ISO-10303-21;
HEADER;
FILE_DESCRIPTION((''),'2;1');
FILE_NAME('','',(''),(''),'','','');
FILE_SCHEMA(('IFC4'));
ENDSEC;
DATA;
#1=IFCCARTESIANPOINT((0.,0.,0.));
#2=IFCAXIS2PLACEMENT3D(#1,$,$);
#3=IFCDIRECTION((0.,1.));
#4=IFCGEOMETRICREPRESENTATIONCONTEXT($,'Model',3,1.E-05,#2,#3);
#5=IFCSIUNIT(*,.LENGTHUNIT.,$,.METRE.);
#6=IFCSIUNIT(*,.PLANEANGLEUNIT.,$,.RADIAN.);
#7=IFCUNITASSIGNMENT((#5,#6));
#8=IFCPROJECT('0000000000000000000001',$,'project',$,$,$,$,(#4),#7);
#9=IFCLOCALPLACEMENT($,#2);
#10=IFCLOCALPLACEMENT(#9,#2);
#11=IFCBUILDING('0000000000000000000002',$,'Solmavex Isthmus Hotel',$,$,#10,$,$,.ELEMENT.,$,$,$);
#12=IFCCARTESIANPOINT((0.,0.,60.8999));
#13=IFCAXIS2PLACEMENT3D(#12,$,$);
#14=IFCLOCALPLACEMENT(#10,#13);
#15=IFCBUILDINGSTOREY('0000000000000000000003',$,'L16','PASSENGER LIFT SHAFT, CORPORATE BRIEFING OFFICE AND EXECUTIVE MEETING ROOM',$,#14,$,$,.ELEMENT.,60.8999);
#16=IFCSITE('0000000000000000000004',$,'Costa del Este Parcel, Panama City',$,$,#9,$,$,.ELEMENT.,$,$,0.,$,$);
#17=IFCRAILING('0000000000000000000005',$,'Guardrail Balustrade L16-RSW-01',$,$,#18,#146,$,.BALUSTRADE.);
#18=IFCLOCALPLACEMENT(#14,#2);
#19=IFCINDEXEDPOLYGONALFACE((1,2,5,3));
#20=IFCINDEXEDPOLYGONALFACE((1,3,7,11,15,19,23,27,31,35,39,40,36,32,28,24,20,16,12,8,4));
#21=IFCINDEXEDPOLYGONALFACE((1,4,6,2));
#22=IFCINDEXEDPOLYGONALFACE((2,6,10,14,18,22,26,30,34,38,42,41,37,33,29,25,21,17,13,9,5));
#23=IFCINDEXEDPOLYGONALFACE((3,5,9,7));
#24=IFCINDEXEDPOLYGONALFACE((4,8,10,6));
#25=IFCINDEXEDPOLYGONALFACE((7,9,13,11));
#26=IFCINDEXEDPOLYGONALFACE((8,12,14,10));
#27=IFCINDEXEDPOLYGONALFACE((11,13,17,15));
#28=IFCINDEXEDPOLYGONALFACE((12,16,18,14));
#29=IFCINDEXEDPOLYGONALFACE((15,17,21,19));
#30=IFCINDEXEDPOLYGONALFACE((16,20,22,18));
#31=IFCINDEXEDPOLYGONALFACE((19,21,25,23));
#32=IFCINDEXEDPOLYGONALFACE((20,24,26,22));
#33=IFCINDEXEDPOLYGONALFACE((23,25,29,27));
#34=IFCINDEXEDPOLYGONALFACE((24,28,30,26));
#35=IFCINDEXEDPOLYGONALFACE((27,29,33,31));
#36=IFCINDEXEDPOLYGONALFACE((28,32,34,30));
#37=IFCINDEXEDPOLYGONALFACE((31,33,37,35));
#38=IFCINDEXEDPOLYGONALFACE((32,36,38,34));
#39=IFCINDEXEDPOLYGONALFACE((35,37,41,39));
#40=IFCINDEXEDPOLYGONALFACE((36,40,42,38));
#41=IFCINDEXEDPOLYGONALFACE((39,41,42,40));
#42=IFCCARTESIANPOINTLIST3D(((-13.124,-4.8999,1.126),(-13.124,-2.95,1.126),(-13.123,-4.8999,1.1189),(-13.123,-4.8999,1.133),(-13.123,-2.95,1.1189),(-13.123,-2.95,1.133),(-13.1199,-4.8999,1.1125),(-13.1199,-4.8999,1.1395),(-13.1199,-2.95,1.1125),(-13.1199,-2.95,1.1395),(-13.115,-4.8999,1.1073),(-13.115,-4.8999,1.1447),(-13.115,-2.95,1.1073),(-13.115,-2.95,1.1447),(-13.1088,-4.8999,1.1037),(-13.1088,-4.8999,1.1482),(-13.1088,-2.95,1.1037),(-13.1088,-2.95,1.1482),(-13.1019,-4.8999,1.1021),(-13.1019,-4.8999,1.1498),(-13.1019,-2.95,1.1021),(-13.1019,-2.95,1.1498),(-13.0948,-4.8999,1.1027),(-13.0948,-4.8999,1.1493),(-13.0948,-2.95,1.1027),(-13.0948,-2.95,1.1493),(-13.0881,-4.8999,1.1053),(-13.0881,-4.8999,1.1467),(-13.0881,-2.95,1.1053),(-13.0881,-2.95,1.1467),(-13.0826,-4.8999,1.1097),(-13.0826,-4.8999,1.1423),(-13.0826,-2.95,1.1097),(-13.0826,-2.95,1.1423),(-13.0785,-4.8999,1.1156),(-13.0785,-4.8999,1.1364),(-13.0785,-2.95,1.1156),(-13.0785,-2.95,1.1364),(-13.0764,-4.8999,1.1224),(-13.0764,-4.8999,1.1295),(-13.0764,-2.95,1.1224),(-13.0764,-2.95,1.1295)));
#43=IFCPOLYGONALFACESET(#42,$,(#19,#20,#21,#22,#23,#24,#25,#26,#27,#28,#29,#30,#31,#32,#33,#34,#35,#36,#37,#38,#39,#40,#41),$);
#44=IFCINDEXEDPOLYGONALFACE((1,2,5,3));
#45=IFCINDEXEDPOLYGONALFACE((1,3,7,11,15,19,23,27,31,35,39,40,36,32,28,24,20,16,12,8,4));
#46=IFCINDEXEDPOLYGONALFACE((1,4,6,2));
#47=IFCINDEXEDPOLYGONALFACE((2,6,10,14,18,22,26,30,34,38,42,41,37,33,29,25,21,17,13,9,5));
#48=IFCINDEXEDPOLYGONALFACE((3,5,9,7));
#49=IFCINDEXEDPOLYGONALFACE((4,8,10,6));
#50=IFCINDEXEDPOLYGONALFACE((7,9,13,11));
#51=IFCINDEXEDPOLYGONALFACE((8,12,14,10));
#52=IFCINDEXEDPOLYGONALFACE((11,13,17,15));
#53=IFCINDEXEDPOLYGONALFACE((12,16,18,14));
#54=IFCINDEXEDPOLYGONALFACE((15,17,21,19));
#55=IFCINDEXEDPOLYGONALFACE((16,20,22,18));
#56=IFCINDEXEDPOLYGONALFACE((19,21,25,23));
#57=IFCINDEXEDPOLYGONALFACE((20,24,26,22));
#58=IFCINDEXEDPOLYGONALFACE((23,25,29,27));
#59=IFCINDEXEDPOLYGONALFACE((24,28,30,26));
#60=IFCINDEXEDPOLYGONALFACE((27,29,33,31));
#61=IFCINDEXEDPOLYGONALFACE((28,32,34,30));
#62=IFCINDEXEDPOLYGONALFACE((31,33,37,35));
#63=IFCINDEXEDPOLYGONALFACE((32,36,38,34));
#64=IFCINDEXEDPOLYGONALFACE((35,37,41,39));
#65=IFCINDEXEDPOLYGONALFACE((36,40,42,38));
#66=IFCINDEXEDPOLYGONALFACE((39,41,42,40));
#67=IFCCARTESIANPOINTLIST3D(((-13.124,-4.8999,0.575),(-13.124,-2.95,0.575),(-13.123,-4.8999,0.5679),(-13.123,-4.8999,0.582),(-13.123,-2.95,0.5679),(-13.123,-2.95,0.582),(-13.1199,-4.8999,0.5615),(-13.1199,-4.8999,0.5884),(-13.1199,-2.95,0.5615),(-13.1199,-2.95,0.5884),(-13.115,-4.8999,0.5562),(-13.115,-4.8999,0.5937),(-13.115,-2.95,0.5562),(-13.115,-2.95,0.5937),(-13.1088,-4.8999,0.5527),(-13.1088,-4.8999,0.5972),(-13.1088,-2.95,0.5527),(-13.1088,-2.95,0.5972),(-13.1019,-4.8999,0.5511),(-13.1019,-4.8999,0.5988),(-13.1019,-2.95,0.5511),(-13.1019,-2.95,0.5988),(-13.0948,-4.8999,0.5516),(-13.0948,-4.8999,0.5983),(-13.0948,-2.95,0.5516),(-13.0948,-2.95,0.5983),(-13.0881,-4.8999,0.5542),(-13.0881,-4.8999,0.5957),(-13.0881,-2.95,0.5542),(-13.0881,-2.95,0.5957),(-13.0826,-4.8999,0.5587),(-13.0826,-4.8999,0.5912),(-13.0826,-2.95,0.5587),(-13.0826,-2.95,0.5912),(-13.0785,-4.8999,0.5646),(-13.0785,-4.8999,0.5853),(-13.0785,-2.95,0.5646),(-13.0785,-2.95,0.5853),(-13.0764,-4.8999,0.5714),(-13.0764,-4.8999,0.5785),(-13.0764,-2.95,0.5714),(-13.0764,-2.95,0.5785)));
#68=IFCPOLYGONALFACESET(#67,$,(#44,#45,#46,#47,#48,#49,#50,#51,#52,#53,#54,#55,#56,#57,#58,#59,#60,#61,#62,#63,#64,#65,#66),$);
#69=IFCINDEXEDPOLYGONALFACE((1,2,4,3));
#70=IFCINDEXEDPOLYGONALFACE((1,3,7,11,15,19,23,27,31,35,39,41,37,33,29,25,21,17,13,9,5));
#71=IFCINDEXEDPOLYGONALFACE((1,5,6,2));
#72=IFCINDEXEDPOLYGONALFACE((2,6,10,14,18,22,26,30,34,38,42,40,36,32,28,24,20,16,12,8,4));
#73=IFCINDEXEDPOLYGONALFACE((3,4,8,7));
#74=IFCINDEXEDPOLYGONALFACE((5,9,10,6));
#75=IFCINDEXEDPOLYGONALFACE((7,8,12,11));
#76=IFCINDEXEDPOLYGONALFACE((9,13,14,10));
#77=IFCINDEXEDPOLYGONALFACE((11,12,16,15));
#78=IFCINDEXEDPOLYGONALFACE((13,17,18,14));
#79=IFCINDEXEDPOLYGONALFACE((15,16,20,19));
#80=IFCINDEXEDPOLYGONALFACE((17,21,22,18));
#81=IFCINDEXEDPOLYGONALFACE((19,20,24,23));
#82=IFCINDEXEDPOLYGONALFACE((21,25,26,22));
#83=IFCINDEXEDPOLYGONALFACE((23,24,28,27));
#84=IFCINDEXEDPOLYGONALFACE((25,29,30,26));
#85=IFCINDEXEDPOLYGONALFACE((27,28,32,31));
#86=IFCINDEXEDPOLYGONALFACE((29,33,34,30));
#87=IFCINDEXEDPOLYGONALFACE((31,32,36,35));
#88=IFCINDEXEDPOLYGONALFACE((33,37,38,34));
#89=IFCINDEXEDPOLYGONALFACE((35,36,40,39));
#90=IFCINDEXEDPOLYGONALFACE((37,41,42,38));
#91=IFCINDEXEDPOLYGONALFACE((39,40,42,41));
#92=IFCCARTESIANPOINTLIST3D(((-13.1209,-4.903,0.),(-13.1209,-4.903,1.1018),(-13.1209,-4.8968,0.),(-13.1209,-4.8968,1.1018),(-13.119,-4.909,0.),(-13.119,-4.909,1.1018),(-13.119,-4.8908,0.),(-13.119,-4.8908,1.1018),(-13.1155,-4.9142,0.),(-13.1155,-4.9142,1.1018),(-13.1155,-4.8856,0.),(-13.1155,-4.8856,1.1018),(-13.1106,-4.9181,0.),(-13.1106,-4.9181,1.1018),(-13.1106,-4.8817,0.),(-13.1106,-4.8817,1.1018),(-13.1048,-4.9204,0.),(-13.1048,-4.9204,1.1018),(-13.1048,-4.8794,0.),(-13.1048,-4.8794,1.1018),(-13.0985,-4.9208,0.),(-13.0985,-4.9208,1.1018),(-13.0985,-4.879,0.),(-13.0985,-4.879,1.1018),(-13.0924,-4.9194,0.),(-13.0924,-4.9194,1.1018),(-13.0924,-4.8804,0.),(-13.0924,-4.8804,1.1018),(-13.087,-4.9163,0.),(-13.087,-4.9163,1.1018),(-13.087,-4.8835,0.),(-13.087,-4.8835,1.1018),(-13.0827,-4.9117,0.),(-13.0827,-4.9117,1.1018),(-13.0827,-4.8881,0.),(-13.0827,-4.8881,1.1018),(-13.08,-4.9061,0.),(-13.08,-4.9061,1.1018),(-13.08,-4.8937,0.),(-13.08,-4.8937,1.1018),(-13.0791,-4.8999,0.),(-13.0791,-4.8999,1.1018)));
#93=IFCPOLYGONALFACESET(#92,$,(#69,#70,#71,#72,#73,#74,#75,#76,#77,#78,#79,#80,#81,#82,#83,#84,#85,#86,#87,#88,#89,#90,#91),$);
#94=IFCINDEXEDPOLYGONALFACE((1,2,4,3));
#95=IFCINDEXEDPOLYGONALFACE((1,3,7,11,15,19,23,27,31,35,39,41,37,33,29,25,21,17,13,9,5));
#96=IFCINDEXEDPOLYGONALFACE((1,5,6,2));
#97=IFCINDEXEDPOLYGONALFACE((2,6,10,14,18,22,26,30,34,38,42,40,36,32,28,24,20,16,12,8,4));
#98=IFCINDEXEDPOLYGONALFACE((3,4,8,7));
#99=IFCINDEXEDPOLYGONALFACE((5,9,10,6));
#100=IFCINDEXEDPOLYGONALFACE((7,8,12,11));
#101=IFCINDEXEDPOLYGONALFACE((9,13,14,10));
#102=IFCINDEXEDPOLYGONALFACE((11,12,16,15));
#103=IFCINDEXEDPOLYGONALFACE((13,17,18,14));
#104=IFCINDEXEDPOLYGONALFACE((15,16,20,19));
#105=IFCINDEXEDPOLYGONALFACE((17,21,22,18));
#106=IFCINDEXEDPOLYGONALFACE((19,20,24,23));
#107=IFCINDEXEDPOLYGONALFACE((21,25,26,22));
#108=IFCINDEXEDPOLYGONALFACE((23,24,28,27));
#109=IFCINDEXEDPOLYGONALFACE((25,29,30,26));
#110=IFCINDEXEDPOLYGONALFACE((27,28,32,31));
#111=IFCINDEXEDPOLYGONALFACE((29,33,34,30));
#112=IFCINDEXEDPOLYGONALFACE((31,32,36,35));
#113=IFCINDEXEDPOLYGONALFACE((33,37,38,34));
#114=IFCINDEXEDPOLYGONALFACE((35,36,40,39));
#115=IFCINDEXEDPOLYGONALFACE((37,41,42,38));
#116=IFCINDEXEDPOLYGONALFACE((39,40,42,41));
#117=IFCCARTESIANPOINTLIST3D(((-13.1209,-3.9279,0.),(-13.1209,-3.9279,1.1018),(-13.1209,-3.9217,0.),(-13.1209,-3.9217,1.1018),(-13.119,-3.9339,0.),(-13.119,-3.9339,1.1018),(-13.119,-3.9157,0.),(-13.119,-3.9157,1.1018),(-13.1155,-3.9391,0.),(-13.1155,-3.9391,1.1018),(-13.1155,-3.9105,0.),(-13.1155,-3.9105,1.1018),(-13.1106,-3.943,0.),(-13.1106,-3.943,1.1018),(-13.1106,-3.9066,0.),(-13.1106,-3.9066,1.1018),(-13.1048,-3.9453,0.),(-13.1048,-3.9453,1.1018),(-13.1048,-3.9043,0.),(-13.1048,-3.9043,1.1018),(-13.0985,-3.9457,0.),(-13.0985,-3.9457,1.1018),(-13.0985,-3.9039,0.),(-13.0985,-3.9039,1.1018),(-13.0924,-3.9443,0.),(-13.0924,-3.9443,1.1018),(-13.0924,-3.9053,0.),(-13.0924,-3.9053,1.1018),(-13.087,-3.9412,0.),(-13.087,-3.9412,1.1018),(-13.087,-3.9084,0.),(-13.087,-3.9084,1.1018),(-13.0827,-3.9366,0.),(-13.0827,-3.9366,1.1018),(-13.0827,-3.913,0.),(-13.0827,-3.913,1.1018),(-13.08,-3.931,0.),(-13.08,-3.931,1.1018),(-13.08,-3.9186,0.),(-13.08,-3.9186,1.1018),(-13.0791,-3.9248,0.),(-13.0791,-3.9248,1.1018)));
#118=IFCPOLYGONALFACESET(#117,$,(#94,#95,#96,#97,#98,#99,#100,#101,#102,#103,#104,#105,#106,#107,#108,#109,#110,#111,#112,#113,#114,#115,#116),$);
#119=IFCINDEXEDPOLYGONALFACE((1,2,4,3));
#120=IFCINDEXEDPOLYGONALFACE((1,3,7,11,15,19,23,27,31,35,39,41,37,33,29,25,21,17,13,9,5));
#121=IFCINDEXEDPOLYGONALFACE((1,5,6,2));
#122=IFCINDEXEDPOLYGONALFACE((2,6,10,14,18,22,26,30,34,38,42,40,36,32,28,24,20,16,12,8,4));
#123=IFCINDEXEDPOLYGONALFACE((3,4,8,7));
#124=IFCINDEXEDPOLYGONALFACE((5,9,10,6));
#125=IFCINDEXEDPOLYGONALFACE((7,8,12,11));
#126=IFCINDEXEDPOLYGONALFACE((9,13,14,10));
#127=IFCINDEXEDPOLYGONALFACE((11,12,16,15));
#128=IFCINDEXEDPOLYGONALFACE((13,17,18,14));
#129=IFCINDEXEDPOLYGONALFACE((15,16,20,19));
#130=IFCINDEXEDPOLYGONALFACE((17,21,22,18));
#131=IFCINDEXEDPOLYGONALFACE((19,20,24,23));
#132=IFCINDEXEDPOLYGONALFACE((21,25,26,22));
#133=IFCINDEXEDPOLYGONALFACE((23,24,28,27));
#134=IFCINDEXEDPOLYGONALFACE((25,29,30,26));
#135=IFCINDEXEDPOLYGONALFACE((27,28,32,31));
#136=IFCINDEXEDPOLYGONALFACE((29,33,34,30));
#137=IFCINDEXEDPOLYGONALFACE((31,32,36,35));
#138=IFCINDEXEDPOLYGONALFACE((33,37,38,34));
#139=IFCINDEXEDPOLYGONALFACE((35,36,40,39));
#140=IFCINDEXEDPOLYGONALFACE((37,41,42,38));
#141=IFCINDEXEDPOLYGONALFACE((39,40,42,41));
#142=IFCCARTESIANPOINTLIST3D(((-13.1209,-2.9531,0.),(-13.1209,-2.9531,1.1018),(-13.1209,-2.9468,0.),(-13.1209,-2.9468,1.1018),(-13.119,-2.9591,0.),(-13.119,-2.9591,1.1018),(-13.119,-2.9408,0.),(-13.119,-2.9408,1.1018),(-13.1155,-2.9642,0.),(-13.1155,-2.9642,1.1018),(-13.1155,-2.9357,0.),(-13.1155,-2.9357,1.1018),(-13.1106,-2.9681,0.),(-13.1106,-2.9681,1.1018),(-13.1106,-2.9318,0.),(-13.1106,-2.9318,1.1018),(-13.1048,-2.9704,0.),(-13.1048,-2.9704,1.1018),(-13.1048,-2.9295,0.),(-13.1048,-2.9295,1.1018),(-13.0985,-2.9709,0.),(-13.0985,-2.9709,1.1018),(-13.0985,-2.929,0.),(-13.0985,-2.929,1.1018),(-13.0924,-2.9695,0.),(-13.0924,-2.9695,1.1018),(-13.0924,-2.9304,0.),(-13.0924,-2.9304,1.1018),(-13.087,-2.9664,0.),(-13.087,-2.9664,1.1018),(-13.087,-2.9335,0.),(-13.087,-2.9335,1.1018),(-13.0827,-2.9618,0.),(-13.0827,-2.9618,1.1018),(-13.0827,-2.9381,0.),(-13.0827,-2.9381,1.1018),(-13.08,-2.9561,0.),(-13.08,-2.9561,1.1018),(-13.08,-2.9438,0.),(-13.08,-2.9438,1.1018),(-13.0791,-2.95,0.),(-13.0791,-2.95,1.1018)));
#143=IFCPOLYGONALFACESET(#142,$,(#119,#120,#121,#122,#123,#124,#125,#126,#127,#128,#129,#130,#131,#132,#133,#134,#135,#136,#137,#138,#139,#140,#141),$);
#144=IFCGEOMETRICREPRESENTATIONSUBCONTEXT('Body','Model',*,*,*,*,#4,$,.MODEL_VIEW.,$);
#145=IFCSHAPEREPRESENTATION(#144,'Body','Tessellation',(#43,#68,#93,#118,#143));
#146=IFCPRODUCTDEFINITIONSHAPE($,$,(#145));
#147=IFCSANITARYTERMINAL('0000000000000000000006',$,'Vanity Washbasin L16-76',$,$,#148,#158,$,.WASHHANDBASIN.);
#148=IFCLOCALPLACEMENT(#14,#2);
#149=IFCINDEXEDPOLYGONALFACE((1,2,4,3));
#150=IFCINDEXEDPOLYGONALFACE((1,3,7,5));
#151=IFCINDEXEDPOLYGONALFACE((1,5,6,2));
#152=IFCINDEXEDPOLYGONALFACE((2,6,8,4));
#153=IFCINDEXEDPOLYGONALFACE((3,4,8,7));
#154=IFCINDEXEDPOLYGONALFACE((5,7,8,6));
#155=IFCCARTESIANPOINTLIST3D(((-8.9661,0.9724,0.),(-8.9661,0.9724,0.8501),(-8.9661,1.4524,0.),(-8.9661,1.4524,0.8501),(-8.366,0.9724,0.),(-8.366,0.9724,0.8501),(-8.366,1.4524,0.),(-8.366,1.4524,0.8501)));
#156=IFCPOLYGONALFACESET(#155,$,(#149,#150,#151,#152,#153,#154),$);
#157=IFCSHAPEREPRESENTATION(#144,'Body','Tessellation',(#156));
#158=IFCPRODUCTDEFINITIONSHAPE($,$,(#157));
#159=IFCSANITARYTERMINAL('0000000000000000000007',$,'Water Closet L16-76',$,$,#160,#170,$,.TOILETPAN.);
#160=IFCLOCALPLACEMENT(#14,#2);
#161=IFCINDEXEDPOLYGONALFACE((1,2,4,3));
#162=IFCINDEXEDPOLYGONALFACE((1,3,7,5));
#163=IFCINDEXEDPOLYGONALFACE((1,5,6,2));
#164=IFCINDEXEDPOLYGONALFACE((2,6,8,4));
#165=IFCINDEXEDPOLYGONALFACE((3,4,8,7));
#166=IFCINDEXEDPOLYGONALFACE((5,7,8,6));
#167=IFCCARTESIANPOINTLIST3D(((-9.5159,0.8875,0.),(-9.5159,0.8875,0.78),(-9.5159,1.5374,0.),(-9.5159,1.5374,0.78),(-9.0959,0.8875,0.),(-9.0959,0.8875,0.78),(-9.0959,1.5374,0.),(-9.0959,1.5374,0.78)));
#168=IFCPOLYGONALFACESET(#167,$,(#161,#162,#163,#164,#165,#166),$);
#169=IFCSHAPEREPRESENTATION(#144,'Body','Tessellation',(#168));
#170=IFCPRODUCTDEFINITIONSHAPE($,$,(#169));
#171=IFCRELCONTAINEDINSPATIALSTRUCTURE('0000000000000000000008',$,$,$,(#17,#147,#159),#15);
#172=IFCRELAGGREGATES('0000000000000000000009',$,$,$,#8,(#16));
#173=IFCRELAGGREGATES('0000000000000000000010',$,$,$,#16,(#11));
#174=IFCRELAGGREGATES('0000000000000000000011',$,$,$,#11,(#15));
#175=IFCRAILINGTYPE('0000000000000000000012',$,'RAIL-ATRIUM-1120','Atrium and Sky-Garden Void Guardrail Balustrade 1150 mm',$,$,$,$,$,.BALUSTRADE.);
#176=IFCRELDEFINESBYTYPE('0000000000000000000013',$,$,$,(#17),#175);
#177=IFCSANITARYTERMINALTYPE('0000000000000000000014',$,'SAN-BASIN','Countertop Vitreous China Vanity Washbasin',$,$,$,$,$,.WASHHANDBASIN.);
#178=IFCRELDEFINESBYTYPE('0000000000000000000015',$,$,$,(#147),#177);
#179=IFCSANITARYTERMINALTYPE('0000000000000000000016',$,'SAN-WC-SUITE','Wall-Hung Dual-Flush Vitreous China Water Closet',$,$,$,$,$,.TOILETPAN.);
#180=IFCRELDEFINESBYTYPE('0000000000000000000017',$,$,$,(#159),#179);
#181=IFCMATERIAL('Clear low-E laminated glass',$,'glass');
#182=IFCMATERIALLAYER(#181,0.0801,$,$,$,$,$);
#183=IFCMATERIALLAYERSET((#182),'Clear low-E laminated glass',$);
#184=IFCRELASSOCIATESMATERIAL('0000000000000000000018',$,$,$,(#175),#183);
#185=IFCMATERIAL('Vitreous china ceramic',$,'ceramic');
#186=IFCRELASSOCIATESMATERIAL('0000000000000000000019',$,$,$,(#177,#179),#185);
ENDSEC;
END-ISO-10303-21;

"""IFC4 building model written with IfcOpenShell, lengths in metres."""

from ifc_helpers import new_model, si_unit, direction, frame, origin, origin_2d, place, context, subcontext, project, spatial, rectangle, circle, extrude, material, layer, layer_set, type_object, element, save


model = new_model("IFC4")

# Units and contexts
model_context = context("Model", 3, precision=1e-05, world=origin(), true_north=direction((0.0, 1.0)))
body_context = subcontext(model_context, "Body", "Model", "MODEL_VIEW")
ifc_project = project(units=[si_unit("LENGTHUNIT", "METRE"), si_unit("PLANEANGLEUNIT", "RADIAN")], contexts=[model_context])

# Site, building, storey
site_placement = place(None, origin())
site = spatial("IfcSite", under=ifc_project, at=site_placement, Name="Costa del Este Parcel, Panama City", CompositionType="ELEMENT", RefElevation=0.0)
building_placement = place(site_placement, origin())
building = spatial("IfcBuilding", under=site, at=building_placement, Name="Solmavex Isthmus Hotel", CompositionType="ELEMENT")
storey_placement = place(building_placement, frame((0.0, 0.0, 60.8999)))
storey = spatial("IfcBuildingStorey", under=building, at=storey_placement, Name="L16", Description="PASSENGER LIFT SHAFT, CORPORATE BRIEFING OFFICE AND EXECUTIVE MEETING ROOM", CompositionType="ELEMENT", Elevation=60.8999)

# Railing
ifc_material_1 = material(Name="Clear low-E laminated glass", Category="glass")
ifc_layer_1 = layer(ifc_material_1, 0.0801)
ifc_layer_set_1 = layer_set([ifc_layer_1], Name="Clear low-E laminated glass")
railing_type = type_object("IfcRailingType", Name="RAIL-ATRIUM-1120", Description="Atrium and Sky-Garden Void Guardrail Balustrade 1150 mm", PredefinedType="BALUSTRADE", material=ifc_layer_set_1)
railing_placement = place(storey_placement, frame((-13.1001, -4.8999, 0.0)))
element("IfcRailing", 1, at=railing_placement, inside=storey, type_object=railing_type, Name="Guardrail Balustrade L16-RSW-01", PredefinedType="BALUSTRADE", context=body_context, shape_type="SweptSolid", body=[
    extrude(circle(Radius=0.0239, at=origin_2d()), frame((0.0, 0.0, 1.126), z_axis=(0.0, 1.0, 0.0), x_axis=(-1.0, 0.0, 0.0)), (0.0, 0.0, 1.0), 1.95),
    extrude(circle(Radius=0.0239, at=origin_2d()), frame((0.0, 0.0, 0.575), z_axis=(0.0, 1.0, 0.0), x_axis=(-1.0, 0.0, 0.0)), (0.0, 0.0, 1.0), 1.95),
    extrude(circle(Radius=0.021, at=origin_2d()), origin(), (0.0, 0.0, 1.0), 1.1018),
    extrude(circle(Radius=0.021, at=origin_2d()), frame((0.0, 0.9751, 0.0)), (0.0, 0.0, 1.0), 1.1018),
    extrude(circle(Radius=0.021, at=origin_2d()), frame((0.0, 1.95, 0.0)), (0.0, 0.0, 1.0), 1.1018),
])

# Sanitary terminals
ifc_material_2 = material(Name="Vitreous china ceramic", Category="ceramic")
sanitary_terminal_type_1 = type_object("IfcSanitaryTerminalType", Name="SAN-BASIN", Description="Countertop Vitreous China Vanity Washbasin", PredefinedType="WASHHANDBASIN", material=ifc_material_2)
sanitary_terminal_1_placement = place(storey_placement, frame((-8.666, 1.2124, 0.0), z_axis=(0.0, 0.0, 1.0), x_axis=(1.0, 0.0, 0.0)))
element("IfcSanitaryTerminal", 2, at=sanitary_terminal_1_placement, inside=storey, type_object=sanitary_terminal_type_1, Name="Vanity Washbasin L16-76", PredefinedType="WASHHANDBASIN", context=body_context, shape_type="SweptSolid", body=[
    extrude(rectangle(XDim=0.6001, YDim=0.48, at=origin_2d()), origin(), (0.0, 0.0, 1.0), 0.8501),
])
sanitary_terminal_type_2 = type_object("IfcSanitaryTerminalType", Name="SAN-WC-SUITE", Description="Wall-Hung Dual-Flush Vitreous China Water Closet", PredefinedType="TOILETPAN", material=ifc_material_2)
sanitary_terminal_2_placement = place(storey_placement, frame((-9.3059, 1.2124, 0.0), z_axis=(0.0, 0.0, 1.0), x_axis=(1.0, 0.0, 0.0)))
element("IfcSanitaryTerminal", 3, at=sanitary_terminal_2_placement, inside=storey, type_object=sanitary_terminal_type_2, Name="Water Closet L16-76", PredefinedType="TOILETPAN", context=body_context, shape_type="SweptSolid", body=[
    extrude(rectangle(XDim=0.4199, YDim=0.6499, at=origin_2d()), origin(), (0.0, 0.0, 1.0), 0.78),
])

save(model, "model.ifc")
